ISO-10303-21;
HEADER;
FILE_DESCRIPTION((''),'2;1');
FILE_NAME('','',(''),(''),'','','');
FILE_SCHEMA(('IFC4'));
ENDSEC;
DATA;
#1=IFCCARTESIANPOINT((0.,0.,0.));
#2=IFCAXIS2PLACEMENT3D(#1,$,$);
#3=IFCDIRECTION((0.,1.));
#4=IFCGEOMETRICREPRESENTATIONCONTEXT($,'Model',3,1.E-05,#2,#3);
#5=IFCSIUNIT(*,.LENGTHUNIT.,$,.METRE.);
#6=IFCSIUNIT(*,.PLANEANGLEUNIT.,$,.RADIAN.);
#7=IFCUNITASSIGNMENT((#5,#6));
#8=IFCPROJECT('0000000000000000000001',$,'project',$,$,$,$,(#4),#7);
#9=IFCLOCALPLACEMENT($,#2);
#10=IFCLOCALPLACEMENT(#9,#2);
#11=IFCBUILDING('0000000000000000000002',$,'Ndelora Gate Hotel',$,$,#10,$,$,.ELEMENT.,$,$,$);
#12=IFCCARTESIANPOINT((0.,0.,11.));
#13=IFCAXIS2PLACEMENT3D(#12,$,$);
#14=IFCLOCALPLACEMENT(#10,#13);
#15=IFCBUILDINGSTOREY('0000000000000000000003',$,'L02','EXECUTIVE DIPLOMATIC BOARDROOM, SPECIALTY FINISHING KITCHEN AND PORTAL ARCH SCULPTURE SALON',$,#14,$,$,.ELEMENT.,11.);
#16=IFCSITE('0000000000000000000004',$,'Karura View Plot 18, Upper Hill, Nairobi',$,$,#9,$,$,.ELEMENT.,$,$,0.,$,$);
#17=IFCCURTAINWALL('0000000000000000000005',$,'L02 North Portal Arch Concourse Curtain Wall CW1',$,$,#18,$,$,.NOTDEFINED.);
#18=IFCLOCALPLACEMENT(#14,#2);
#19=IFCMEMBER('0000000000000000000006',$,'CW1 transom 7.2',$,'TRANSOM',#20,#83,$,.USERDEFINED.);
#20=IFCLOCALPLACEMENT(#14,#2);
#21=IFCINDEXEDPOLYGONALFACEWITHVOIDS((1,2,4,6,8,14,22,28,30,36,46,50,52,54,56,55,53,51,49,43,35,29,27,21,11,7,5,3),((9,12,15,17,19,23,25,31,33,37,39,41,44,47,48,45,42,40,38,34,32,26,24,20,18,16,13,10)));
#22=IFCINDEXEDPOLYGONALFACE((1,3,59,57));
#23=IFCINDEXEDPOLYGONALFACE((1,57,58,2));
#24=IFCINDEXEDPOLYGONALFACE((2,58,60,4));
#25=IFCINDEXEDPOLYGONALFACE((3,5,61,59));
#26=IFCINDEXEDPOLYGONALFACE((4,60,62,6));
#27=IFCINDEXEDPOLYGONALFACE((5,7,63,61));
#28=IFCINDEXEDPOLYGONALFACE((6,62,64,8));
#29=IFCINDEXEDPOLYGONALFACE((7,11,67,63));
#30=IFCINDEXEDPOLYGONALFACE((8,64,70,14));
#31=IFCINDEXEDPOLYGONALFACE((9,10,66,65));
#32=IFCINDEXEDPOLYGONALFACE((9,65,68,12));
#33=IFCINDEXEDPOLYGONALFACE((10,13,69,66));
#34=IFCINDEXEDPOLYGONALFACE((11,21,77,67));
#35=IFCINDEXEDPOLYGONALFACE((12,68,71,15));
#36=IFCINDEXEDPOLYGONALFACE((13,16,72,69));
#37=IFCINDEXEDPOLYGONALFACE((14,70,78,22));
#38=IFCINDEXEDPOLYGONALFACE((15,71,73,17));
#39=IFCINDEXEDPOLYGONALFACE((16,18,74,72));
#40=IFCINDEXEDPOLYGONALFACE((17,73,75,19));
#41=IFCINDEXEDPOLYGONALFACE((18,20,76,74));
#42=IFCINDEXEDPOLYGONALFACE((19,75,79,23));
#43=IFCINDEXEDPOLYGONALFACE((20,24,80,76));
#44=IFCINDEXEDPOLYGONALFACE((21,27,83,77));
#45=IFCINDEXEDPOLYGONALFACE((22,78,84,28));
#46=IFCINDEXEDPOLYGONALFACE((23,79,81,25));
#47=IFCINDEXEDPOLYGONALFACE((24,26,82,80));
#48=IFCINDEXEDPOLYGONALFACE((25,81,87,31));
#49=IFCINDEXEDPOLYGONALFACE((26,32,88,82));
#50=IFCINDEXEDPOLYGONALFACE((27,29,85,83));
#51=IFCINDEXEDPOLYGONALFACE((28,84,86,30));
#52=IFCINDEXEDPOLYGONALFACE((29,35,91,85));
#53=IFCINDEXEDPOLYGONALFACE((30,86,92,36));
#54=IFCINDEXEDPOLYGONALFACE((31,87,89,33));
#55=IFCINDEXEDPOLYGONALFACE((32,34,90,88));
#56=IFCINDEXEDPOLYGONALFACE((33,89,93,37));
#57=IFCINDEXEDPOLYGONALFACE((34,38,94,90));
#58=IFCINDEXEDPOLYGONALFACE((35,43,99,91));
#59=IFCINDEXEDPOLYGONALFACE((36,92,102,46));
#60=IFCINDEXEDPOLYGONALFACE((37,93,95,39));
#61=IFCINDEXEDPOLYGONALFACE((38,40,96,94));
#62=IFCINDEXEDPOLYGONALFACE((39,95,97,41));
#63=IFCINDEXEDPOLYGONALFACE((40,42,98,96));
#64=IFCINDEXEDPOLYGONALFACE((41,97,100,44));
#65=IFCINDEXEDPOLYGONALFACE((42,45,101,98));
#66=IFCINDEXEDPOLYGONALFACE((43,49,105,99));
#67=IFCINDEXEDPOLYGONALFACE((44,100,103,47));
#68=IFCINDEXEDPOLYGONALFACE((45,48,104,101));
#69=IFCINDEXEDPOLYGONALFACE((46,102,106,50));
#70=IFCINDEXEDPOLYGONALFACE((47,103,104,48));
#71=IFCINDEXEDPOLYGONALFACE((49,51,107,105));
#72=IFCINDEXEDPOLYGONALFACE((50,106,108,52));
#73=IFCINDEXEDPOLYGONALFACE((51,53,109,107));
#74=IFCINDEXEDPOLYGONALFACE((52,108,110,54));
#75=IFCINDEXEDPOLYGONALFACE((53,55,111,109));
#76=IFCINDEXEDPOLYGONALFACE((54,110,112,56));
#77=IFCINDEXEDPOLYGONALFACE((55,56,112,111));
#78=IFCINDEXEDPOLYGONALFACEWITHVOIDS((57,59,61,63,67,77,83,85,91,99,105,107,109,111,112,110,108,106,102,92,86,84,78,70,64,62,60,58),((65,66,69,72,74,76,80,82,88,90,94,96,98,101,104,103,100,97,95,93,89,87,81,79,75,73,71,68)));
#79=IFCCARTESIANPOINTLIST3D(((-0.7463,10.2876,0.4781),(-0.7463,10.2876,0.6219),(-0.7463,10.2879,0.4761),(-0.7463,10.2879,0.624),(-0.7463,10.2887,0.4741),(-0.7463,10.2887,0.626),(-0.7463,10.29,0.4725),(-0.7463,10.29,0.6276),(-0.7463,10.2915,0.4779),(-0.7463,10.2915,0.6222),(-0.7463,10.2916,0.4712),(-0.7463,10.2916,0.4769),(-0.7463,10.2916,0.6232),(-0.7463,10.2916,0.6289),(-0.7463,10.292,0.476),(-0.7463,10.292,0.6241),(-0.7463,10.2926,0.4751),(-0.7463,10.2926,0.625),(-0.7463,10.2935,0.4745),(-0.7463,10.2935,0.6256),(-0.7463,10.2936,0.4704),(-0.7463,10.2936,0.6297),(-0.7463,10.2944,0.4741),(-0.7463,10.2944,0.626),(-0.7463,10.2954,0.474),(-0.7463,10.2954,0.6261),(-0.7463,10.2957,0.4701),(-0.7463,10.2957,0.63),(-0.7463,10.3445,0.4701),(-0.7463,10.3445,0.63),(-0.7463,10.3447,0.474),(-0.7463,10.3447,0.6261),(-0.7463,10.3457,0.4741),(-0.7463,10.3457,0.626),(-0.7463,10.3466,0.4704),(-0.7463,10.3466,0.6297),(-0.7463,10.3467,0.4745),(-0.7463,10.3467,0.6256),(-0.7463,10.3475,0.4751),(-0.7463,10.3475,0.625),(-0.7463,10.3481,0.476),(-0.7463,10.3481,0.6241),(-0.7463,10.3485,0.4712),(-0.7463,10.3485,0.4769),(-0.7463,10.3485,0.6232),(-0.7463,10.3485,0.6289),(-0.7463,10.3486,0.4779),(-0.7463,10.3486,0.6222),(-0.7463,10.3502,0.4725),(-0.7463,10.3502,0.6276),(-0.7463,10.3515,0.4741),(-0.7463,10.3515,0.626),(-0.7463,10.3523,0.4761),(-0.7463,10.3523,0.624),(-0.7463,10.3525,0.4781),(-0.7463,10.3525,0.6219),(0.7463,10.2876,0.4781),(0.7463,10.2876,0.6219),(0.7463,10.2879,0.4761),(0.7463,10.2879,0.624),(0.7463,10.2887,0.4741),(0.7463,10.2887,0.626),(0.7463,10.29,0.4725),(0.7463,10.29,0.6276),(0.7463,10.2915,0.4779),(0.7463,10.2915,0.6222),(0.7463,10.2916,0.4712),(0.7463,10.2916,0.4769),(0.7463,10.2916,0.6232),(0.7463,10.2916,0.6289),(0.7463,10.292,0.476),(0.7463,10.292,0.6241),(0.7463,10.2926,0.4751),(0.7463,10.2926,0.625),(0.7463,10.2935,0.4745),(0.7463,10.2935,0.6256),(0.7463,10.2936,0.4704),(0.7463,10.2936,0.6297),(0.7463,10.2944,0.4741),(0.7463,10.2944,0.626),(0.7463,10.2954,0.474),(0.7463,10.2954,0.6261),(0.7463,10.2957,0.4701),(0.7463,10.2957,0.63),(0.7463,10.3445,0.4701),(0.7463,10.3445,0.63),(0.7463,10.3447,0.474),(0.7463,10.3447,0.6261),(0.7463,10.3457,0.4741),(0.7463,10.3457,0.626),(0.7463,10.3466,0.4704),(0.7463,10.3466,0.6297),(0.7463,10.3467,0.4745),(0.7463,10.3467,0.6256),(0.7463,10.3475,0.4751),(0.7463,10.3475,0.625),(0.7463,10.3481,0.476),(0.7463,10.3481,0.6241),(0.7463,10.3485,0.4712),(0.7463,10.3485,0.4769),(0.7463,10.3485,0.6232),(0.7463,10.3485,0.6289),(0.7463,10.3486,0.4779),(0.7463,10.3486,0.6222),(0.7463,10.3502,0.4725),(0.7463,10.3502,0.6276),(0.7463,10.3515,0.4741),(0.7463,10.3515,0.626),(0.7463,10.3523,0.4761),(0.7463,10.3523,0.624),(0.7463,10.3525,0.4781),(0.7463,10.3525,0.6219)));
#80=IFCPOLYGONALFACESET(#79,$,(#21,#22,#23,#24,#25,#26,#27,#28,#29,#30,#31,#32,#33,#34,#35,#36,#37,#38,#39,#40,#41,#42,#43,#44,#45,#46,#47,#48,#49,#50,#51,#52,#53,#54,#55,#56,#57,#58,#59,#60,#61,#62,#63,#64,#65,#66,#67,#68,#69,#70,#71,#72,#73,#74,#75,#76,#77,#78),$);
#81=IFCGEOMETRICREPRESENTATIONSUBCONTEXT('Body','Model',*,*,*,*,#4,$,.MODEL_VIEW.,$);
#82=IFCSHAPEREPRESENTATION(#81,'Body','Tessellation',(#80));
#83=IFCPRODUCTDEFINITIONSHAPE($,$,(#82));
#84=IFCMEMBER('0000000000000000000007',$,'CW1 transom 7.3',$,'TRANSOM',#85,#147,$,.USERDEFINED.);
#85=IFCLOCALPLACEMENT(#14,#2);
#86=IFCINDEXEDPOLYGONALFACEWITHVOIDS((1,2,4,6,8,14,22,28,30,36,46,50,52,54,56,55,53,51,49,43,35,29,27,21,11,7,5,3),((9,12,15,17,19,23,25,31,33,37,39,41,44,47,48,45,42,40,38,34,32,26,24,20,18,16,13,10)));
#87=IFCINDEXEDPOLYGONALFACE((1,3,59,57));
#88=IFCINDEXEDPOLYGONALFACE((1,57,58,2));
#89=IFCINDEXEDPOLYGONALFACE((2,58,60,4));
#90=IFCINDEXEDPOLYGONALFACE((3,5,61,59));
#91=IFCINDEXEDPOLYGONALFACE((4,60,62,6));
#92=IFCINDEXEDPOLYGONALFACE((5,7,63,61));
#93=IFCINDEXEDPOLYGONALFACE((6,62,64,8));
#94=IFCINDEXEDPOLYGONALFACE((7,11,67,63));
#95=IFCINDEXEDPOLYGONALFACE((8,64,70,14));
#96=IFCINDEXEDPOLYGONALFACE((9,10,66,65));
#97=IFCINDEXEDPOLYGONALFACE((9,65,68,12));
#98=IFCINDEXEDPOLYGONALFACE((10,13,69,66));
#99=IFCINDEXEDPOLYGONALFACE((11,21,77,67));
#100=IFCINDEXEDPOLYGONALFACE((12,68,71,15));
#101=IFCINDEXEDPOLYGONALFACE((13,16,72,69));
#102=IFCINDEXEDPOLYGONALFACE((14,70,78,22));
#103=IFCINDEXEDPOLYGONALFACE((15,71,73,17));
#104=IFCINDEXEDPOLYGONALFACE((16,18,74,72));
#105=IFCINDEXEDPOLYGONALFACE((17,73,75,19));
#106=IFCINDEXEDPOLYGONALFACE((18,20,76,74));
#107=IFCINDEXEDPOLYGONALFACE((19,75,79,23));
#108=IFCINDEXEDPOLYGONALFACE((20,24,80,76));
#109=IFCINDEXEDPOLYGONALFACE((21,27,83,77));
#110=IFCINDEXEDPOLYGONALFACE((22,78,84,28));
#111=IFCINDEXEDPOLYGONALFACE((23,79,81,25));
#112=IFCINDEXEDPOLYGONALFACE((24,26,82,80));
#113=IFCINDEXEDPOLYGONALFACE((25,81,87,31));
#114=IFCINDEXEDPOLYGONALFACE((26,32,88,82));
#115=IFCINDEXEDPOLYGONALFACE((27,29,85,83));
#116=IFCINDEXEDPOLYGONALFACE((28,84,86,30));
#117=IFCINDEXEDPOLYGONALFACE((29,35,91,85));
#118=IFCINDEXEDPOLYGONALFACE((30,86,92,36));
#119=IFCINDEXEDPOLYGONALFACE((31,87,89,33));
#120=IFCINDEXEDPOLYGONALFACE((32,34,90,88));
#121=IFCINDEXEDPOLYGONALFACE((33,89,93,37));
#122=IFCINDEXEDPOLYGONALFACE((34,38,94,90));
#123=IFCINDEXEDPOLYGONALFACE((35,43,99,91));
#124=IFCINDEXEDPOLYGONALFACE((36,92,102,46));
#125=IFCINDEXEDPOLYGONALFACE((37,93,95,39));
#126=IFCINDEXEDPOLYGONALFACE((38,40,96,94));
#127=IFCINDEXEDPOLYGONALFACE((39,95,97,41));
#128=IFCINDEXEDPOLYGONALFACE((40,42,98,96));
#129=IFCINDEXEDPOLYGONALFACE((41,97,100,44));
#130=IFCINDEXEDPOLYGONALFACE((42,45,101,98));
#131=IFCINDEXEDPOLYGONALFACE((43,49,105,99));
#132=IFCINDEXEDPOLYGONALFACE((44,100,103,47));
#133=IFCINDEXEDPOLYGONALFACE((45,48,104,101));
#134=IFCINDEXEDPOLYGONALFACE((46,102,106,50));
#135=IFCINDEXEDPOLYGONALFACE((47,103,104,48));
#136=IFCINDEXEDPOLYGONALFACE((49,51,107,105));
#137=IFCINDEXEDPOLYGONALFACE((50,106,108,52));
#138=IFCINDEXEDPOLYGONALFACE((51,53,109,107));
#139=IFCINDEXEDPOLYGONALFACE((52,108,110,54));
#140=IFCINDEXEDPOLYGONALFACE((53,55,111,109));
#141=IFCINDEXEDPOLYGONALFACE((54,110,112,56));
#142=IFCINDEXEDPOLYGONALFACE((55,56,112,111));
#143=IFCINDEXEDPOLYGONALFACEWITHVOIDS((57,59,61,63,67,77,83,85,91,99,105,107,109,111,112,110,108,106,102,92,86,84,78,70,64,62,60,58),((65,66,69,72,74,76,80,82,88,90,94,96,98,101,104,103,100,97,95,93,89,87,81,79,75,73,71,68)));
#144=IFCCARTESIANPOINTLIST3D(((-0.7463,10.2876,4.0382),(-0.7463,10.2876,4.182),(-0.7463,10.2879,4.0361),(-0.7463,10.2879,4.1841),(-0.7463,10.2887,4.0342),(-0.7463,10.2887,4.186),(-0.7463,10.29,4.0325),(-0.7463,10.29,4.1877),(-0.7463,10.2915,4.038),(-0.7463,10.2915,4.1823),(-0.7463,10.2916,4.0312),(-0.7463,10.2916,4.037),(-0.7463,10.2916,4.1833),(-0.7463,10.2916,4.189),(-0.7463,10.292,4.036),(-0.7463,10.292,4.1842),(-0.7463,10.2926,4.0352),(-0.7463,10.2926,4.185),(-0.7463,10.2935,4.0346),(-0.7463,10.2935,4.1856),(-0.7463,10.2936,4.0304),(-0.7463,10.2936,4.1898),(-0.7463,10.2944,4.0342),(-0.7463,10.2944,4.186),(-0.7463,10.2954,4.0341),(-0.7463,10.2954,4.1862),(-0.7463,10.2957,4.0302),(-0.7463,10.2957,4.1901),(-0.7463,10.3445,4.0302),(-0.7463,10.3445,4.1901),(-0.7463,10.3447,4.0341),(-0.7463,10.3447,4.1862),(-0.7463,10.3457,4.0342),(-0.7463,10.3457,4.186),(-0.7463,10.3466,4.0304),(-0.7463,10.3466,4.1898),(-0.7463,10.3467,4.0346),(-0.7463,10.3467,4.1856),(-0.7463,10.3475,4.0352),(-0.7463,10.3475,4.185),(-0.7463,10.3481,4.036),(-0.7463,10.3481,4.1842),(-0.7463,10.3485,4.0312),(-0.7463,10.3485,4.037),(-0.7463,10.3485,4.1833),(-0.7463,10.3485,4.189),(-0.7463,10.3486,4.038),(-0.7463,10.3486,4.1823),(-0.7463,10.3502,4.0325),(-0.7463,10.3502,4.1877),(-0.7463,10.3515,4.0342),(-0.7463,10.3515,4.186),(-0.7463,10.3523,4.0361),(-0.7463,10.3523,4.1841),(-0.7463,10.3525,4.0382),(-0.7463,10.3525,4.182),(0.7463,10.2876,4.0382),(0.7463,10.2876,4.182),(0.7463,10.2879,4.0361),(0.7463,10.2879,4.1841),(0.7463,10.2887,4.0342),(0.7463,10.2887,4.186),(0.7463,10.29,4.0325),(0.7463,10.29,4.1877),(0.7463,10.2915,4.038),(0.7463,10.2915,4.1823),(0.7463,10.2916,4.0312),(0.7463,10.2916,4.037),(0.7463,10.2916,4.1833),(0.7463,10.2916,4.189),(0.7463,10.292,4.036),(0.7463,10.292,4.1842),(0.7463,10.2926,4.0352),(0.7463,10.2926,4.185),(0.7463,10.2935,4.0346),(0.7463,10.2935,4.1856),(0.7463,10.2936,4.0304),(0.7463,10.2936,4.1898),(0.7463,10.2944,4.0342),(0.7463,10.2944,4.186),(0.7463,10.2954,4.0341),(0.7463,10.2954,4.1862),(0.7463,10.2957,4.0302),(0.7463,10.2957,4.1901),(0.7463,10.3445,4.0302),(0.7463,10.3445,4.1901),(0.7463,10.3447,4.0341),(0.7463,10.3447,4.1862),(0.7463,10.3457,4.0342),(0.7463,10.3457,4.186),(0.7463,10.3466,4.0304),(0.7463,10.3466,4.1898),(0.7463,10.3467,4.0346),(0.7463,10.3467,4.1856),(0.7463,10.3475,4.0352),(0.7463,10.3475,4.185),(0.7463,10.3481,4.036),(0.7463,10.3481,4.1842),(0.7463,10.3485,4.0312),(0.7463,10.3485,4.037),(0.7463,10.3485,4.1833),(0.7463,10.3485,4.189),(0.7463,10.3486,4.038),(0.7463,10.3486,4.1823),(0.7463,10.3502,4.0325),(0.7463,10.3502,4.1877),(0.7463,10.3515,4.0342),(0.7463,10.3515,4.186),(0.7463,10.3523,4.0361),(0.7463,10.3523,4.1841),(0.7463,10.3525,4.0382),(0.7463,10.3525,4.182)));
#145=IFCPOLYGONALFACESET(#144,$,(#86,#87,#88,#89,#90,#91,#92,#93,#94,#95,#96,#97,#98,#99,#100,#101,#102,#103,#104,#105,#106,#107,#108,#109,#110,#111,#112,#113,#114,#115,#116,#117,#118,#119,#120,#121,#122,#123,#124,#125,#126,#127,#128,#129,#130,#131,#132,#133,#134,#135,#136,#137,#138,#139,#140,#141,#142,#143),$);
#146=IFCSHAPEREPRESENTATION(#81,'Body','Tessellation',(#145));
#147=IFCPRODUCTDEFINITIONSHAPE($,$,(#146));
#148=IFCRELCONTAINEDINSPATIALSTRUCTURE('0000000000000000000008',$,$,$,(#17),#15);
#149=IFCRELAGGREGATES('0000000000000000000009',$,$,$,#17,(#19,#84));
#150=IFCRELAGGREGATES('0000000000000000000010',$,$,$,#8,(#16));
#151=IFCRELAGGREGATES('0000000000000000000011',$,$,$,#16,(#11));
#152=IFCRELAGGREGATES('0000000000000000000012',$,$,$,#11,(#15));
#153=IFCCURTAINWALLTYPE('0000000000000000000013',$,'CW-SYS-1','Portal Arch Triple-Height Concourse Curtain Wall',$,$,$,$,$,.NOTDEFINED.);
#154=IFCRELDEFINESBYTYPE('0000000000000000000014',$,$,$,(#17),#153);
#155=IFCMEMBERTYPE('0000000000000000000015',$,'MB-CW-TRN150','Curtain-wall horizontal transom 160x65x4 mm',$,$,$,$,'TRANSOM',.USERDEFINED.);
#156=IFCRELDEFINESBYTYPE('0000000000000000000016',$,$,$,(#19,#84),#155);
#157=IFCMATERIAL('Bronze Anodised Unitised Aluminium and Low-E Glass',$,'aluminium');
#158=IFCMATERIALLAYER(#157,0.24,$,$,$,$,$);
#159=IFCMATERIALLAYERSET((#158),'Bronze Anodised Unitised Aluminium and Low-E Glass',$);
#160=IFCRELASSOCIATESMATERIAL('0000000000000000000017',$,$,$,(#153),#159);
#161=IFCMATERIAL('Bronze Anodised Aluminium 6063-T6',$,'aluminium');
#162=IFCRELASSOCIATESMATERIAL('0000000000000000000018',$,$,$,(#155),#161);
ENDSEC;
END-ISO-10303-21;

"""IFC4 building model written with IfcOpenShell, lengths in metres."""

from ifc_helpers import new_model, si_unit, direction, frame, origin, origin_2d, place, context, subcontext, project, spatial, hollow_rectangle, extrude, material, layer, layer_set, material_profile, profile_set, type_object, element, aggregate, save


model = new_model("IFC4")

# Units and contexts
model_context = context("Model", 3, precision=1e-05, world=origin(), true_north=direction((0.0, 1.0)))
body_context = subcontext(model_context, "Body", "Model", "MODEL_VIEW")
ifc_project = project(units=[si_unit("LENGTHUNIT", "METRE"), si_unit("PLANEANGLEUNIT", "RADIAN")], contexts=[model_context])

# Site, building, storey
site_placement = place(None, origin())
site = spatial("IfcSite", under=ifc_project, at=site_placement, Name="Karura View Plot 18, Upper Hill, Nairobi", CompositionType="ELEMENT", RefElevation=0.0)
building_placement = place(site_placement, origin())
building = spatial("IfcBuilding", under=site, at=building_placement, Name="Ndelora Gate Hotel", CompositionType="ELEMENT")
storey_placement = place(building_placement, frame((0.0, 0.0, 11.0)))
storey = spatial("IfcBuildingStorey", under=building, at=storey_placement, Name="L02", Description="EXECUTIVE DIPLOMATIC BOARDROOM, SPECIALTY FINISHING KITCHEN AND PORTAL ARCH SCULPTURE SALON", CompositionType="ELEMENT", Elevation=11.0)

# Curtain wall, members
ifc_material_1 = material(Name="Bronze Anodised Unitised Aluminium and Low-E Glass", Category="aluminium")
ifc_layer_1 = layer(ifc_material_1, 0.24)
ifc_layer_set_1 = layer_set([ifc_layer_1], Name="Bronze Anodised Unitised Aluminium and Low-E Glass")
curtain_wall_type = type_object("IfcCurtainWallType", Name="CW-SYS-1", Description="Portal Arch Triple-Height Concourse Curtain Wall", PredefinedType="NOTDEFINED", material=ifc_layer_set_1)
curtain_wall_placement = place(storey_placement, origin())
curtain_wall = element("IfcCurtainWall", 1, at=curtain_wall_placement, inside=storey, type_object=curtain_wall_type, Name="L02 North Portal Arch Concourse Curtain Wall CW1", PredefinedType="NOTDEFINED")
ifc_material_2 = material(Name="Bronze Anodised Aluminium 6063-T6", Category="aluminium")
ifc_material_profile_1 = material_profile(ifc_material_2, hollow_rectangle(XDim=0.0649, YDim=0.1599, WallThickness=0.0039, InnerFilletRadius=0.0039, OuterFilletRadius=0.0081, at=origin_2d()), Name="ALU 160x65x4")
ifc_profile_set_1 = profile_set([ifc_material_profile_1], Name="Bronze Anodised Aluminium 6063-T6")
member_type_1 = type_object("IfcMemberType", Name="MB-CW-TRN150", Description="Curtain-wall horizontal transom 160x65x4 mm", ElementType="TRANSOM", PredefinedType="USERDEFINED", material=ifc_profile_set_1)
member_1_placement = place(storey_placement, frame((0.7463, 10.3201, 0.55), z_axis=(-1.0, 0.0, 0.0), x_axis=(0.0, -1.0, 0.0)))
member_1 = element("IfcMember", 2, at=member_1_placement, type_object=member_type_1, Name="CW1 transom 7.2", ObjectType="TRANSOM", PredefinedType="USERDEFINED", context=body_context, shape_type="SweptSolid", body=[
    extrude(hollow_rectangle(XDim=0.0649, YDim=0.1599, WallThickness=0.0039, InnerFilletRadius=0.0039, OuterFilletRadius=0.0081, at=origin_2d()), origin(), (0.0, 0.0, 1.0), 1.4927),
])
member_2_placement = place(storey_placement, frame((0.7463, 10.3201, 4.1101), z_axis=(-1.0, 0.0, 0.0), x_axis=(0.0, -1.0, 0.0)))
member_2 = element("IfcMember", 3, at=member_2_placement, type_object=member_type_1, Name="CW1 transom 7.3", ObjectType="TRANSOM", PredefinedType="USERDEFINED", context=body_context, shape_type="SweptSolid", body=[
    extrude(hollow_rectangle(XDim=0.0649, YDim=0.1599, WallThickness=0.0039, InnerFilletRadius=0.0039, OuterFilletRadius=0.0081, at=origin_2d()), origin(), (0.0, 0.0, 1.0), 1.4927),
])
aggregate(curtain_wall, [member_1, member_2])

save(model, "model.ifc")
